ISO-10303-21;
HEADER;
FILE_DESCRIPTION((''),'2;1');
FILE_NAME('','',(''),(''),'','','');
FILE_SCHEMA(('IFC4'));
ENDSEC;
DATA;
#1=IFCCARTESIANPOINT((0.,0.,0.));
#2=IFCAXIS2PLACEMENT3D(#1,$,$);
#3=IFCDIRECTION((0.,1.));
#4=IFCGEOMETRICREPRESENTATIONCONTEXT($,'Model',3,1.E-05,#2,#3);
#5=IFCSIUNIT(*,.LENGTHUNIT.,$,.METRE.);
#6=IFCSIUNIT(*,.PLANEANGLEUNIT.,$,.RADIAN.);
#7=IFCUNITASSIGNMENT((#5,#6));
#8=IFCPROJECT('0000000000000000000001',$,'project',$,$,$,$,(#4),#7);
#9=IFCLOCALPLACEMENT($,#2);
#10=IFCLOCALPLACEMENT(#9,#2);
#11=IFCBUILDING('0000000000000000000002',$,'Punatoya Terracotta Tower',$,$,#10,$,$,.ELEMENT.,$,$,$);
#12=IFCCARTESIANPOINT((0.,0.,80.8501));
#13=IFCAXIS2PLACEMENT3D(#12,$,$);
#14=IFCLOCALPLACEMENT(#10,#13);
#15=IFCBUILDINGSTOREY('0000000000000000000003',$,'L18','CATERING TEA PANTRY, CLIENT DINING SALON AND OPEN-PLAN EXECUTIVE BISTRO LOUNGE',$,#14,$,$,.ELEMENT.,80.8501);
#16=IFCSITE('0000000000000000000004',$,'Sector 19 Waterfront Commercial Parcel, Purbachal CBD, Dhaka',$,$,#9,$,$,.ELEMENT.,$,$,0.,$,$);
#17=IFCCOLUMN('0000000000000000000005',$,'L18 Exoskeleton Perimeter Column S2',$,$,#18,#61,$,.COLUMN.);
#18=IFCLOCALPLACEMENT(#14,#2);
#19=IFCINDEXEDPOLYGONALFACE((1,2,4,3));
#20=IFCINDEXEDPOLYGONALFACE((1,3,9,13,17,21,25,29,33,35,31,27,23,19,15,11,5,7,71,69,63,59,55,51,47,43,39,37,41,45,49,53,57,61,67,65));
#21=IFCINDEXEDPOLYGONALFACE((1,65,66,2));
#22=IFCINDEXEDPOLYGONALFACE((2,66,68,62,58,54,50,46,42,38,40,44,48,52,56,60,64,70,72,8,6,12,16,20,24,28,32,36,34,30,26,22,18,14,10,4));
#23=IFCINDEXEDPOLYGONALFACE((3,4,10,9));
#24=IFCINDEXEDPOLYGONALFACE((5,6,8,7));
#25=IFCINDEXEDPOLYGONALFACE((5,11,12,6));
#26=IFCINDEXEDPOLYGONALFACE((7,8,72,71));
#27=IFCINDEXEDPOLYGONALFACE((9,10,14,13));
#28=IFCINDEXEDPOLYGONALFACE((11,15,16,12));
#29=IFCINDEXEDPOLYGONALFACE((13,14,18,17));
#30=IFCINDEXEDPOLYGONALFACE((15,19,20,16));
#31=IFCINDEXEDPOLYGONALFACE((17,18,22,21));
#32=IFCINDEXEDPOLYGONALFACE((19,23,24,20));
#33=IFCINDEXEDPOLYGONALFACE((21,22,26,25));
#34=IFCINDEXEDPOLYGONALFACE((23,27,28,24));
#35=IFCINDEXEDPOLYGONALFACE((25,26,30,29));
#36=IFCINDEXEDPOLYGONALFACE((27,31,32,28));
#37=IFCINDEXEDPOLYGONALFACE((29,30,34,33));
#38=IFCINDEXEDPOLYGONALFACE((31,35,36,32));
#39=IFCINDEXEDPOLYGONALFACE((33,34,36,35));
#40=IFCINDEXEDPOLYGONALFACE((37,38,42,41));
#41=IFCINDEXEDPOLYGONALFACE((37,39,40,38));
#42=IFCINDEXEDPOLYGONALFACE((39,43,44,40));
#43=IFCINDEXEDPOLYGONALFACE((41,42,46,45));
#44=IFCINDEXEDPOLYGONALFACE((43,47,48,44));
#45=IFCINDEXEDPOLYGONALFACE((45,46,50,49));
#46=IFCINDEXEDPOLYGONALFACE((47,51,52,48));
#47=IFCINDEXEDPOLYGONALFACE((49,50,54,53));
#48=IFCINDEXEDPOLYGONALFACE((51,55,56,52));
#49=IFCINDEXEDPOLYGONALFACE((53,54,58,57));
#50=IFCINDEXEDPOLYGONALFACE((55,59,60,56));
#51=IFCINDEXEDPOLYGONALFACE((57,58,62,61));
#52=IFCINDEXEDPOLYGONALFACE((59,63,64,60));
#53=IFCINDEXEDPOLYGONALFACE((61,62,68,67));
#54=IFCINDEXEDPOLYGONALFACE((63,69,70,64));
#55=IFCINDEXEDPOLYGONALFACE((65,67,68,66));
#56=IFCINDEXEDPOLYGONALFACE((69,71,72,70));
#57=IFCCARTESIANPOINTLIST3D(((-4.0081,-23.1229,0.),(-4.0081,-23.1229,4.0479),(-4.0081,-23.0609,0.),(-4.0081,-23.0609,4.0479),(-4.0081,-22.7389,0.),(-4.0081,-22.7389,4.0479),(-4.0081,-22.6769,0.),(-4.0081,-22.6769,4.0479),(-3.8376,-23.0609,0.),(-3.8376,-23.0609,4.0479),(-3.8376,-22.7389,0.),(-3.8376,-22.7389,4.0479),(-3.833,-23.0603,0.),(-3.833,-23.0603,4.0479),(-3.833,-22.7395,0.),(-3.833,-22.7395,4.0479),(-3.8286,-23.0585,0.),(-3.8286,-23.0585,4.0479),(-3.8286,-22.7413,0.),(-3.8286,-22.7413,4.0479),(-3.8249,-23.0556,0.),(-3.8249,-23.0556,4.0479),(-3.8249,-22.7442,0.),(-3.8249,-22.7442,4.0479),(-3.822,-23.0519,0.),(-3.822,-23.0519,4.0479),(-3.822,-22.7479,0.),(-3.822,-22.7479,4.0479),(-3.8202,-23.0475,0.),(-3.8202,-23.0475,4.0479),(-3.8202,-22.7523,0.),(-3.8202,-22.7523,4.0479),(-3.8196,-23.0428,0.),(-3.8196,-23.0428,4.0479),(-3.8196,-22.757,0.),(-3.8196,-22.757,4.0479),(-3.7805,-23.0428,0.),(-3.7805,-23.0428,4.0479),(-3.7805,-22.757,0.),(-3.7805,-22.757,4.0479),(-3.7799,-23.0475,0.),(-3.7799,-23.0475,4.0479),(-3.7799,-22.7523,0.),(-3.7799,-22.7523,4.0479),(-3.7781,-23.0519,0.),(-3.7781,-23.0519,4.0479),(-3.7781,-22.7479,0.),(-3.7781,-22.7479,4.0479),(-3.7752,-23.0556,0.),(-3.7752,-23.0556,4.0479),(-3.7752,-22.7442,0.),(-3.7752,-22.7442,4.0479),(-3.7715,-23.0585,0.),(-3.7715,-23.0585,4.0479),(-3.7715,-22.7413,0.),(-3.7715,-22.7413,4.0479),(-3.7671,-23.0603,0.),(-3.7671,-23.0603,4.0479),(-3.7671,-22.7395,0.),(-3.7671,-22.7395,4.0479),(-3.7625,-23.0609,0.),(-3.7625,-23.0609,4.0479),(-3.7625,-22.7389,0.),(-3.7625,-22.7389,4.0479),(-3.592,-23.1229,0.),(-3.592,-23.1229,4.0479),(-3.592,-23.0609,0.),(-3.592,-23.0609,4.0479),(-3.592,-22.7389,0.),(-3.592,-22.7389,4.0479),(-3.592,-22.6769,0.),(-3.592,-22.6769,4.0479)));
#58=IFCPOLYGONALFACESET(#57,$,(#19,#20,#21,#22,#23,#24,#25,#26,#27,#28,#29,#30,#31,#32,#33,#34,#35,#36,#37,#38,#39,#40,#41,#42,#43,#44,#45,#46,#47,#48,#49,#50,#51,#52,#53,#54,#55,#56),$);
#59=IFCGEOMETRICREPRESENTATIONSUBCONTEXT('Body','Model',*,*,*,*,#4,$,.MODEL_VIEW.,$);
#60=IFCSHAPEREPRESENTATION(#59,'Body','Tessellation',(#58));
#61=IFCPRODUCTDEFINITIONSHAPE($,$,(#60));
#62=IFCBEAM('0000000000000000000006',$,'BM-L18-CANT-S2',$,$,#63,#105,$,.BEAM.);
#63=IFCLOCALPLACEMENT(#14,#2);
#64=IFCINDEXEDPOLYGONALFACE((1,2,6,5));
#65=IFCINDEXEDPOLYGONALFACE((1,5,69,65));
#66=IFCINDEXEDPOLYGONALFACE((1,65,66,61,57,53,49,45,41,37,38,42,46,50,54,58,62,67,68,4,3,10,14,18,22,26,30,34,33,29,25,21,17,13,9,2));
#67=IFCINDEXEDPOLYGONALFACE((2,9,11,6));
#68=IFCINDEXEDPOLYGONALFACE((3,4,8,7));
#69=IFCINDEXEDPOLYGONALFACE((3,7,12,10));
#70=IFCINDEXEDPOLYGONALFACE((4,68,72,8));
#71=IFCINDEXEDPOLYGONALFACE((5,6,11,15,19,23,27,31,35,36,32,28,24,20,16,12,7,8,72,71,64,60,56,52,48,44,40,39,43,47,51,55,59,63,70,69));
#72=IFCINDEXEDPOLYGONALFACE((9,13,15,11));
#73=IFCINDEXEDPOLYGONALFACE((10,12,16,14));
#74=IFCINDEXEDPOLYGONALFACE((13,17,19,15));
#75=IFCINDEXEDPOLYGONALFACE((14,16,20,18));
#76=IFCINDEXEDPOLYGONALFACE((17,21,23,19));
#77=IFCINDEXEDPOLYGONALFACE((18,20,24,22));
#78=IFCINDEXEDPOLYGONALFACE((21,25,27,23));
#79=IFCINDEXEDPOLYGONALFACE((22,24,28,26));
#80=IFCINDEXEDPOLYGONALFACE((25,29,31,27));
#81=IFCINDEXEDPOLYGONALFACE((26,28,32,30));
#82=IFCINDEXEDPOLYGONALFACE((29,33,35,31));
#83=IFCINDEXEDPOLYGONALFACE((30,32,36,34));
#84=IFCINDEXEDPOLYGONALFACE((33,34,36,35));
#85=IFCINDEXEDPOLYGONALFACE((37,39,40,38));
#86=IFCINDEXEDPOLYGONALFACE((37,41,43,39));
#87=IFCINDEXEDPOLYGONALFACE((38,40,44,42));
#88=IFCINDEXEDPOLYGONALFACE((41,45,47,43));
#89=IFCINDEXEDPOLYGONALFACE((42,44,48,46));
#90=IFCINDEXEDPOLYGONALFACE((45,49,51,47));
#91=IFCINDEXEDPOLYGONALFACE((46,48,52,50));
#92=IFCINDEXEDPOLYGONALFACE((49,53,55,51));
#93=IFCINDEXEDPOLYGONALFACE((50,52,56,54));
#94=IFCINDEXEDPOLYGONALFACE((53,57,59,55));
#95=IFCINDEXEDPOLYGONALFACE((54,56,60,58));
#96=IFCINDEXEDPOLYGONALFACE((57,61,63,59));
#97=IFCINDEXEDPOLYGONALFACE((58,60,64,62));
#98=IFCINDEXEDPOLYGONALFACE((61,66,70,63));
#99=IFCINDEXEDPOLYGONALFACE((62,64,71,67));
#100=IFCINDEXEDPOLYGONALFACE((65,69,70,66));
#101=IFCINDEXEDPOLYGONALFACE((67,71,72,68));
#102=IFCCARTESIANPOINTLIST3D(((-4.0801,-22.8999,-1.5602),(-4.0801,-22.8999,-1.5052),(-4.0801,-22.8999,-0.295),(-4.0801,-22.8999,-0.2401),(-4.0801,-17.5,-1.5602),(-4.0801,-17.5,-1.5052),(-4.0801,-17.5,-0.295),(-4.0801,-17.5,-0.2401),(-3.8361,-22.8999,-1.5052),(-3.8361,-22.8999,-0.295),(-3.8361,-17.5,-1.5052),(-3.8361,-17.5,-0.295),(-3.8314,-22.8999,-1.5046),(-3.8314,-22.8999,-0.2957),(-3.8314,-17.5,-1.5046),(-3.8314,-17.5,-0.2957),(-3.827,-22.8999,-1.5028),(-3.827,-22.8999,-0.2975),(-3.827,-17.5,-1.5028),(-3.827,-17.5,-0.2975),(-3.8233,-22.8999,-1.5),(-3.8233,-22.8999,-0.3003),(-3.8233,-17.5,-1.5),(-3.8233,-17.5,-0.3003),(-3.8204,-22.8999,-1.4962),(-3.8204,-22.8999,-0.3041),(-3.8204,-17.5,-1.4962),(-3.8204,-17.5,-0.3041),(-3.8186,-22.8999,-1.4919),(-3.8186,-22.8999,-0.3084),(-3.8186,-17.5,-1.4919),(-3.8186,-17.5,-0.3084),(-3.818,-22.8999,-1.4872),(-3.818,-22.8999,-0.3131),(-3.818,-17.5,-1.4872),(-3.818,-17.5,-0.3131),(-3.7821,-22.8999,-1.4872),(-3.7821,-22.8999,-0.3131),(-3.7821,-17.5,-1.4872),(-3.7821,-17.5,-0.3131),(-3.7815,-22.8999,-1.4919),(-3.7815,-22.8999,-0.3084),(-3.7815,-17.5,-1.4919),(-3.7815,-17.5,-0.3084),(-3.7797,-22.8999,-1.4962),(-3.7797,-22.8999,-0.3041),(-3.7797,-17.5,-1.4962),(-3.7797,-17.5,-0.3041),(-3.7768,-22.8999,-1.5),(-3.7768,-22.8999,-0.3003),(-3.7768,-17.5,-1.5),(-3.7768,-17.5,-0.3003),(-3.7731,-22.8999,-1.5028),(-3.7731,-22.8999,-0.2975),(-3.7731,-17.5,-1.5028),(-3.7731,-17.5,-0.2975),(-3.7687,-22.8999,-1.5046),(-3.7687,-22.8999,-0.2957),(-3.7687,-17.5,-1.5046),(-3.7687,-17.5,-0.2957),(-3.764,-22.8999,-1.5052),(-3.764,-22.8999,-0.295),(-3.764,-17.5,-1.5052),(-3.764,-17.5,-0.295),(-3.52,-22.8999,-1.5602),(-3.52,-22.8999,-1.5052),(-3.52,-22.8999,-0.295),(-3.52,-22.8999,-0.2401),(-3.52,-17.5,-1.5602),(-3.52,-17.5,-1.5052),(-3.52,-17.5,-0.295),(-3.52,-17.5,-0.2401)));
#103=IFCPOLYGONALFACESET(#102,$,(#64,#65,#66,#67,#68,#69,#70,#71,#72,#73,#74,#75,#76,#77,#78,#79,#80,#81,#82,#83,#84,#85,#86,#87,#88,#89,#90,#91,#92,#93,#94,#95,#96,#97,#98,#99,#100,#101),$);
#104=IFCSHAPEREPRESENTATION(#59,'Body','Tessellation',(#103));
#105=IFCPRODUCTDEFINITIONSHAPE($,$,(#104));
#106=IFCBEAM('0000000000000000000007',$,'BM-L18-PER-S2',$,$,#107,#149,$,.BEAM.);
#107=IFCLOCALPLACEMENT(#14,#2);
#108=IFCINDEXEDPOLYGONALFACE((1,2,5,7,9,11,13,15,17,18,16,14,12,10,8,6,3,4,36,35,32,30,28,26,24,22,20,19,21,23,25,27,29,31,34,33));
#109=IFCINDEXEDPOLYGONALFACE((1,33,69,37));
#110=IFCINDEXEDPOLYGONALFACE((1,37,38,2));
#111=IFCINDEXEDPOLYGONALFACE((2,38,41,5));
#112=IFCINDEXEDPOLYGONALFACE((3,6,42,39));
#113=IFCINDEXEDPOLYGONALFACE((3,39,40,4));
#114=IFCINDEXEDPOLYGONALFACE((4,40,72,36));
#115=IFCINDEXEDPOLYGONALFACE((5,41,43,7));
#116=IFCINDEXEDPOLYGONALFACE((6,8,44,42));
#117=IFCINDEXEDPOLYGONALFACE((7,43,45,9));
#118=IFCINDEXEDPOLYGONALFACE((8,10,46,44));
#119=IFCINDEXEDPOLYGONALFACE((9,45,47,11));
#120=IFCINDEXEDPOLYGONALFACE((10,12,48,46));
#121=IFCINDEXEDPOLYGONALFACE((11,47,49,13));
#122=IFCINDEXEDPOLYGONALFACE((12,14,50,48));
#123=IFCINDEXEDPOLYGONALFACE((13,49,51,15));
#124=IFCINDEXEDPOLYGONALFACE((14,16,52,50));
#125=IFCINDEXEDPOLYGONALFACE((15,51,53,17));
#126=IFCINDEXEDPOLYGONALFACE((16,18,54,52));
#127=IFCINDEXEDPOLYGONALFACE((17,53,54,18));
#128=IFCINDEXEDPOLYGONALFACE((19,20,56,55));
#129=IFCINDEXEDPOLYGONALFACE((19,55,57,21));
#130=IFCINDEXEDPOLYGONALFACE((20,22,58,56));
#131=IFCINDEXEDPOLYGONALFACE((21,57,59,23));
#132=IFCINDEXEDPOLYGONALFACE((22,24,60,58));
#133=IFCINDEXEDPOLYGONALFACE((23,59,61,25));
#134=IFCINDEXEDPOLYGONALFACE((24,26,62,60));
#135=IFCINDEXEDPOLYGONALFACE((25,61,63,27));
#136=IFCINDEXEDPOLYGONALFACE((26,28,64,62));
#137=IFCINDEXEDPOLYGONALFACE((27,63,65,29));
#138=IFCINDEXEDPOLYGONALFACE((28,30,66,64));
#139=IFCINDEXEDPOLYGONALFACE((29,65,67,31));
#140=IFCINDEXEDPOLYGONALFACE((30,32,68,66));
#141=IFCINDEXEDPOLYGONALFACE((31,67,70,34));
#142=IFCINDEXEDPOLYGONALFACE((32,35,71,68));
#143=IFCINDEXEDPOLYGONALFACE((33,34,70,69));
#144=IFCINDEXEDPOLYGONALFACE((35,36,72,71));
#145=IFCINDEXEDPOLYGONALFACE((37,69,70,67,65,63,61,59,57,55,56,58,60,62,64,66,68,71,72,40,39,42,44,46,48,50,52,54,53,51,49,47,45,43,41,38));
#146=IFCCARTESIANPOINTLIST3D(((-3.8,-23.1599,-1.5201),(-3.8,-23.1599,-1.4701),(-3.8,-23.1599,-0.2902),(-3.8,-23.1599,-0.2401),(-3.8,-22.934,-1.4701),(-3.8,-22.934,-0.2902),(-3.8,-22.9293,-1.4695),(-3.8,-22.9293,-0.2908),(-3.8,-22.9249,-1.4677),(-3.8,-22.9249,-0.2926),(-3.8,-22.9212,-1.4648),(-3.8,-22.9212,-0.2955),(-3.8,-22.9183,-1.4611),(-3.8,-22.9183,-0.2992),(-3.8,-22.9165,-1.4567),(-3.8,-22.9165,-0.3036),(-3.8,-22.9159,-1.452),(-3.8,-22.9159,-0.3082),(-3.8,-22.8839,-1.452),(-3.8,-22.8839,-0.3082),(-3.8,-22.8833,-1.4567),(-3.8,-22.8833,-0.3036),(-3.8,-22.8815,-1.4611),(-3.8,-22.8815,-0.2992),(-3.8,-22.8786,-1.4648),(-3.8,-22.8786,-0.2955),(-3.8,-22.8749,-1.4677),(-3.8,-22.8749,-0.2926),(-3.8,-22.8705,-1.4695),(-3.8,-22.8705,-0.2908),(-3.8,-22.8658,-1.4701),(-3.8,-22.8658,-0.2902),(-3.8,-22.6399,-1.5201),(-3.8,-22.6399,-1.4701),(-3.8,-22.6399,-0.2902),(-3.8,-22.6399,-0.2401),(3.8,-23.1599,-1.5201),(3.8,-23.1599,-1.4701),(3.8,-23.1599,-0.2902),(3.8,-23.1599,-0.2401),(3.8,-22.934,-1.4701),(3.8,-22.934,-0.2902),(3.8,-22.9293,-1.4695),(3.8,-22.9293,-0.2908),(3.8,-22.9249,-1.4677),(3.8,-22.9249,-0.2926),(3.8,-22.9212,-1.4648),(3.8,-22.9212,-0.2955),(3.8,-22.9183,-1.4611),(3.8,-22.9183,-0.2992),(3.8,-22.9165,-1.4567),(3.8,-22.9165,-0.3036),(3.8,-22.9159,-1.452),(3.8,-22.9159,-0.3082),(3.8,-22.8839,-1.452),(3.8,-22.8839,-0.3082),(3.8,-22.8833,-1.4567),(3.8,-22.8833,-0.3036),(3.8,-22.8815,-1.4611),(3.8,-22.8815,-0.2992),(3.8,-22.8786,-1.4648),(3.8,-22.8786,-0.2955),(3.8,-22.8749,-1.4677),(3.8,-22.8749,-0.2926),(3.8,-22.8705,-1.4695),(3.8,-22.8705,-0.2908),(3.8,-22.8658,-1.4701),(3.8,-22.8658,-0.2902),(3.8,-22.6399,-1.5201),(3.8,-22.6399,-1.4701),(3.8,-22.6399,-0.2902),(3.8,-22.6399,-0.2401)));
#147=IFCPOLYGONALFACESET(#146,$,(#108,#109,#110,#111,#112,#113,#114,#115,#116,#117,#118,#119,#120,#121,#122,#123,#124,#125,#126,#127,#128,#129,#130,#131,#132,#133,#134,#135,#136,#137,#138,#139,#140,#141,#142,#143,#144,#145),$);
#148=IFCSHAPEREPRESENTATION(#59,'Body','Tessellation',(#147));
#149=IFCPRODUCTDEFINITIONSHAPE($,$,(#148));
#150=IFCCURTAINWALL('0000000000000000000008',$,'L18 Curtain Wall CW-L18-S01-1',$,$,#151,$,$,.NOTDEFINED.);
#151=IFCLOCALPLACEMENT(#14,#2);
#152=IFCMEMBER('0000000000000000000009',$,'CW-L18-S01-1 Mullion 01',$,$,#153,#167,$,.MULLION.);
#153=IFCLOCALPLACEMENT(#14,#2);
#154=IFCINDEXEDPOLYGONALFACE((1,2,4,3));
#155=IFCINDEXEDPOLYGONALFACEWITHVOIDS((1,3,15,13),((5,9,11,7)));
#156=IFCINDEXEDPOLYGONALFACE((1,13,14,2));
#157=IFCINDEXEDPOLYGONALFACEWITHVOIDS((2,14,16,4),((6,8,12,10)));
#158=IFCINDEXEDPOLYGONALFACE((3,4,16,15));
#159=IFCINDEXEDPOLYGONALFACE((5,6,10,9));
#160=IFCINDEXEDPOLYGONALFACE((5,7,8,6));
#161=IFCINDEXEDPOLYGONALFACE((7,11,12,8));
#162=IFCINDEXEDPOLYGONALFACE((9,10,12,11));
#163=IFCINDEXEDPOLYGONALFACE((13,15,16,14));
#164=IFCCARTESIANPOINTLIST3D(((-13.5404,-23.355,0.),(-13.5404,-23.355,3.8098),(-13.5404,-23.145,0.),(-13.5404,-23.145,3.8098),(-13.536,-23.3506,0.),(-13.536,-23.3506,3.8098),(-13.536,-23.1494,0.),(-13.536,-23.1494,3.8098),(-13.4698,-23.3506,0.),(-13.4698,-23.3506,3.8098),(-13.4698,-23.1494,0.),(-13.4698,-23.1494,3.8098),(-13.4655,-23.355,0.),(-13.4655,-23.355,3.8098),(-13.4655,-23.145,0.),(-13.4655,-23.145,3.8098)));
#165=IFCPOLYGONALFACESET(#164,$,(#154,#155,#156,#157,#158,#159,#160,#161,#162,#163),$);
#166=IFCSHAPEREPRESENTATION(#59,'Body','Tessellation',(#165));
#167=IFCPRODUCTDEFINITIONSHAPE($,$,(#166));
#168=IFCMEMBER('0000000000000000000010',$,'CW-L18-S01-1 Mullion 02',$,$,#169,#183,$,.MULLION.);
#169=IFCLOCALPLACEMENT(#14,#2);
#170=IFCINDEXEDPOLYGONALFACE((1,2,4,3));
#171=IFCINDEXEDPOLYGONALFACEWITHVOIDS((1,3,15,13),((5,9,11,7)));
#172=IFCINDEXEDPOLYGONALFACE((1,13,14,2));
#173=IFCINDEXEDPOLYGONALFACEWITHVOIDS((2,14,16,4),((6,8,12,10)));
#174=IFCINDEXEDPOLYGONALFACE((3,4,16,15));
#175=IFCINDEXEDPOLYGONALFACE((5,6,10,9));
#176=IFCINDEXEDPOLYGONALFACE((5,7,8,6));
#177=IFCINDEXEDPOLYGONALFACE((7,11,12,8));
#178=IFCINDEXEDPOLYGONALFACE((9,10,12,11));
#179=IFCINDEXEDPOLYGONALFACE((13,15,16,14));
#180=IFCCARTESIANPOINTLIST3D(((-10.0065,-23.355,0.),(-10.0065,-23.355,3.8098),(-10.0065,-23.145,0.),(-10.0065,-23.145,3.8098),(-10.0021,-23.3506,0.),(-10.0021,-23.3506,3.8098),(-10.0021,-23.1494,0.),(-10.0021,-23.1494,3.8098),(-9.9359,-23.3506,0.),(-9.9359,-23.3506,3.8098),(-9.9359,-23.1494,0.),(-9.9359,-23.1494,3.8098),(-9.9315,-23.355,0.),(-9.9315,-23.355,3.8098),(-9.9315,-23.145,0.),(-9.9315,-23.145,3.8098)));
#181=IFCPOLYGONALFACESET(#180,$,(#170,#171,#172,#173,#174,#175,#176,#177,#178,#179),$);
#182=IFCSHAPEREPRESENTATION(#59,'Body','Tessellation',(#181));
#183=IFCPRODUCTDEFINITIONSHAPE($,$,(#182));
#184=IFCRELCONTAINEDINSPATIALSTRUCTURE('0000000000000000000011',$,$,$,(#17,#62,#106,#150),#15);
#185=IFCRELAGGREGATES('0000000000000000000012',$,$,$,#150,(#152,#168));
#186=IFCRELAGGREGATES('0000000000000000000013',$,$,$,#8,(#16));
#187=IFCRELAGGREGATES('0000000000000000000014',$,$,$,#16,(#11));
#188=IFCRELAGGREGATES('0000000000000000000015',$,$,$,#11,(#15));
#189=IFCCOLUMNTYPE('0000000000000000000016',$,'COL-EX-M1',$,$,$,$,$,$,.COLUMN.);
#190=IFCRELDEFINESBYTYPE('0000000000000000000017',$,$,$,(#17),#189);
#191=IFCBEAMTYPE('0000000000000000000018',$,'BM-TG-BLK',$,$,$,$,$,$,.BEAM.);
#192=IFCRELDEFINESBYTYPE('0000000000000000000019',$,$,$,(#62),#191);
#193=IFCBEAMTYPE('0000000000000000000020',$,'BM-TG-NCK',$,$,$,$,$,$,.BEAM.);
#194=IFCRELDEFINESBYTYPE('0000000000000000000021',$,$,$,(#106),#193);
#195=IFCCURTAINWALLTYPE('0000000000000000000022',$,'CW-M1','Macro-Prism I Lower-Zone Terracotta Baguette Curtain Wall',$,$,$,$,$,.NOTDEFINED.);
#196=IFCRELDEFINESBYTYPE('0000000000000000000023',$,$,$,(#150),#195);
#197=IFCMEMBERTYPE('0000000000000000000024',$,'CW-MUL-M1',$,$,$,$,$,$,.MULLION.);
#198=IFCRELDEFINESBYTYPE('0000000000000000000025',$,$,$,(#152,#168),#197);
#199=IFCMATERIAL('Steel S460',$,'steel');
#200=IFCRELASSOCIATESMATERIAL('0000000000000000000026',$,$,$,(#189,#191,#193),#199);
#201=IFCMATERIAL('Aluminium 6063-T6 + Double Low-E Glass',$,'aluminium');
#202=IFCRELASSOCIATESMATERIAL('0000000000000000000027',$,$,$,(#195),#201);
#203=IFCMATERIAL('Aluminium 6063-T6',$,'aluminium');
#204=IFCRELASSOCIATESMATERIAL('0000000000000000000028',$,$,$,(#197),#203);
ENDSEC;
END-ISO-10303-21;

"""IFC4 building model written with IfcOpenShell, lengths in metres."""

from ifc_helpers import new_model, si_unit, direction, frame, origin, origin_2d, place, context, subcontext, project, spatial, hollow_rectangle, i_section, extrude, material, material_profile, profile_set, type_object, element, aggregate, save


model = new_model("IFC4")

# Units and contexts
model_context = context("Model", 3, precision=1e-05, world=origin(), true_north=direction((0.0, 1.0)))
body_context = subcontext(model_context, "Body", "Model", "MODEL_VIEW")
ifc_project = project(units=[si_unit("LENGTHUNIT", "METRE"), si_unit("PLANEANGLEUNIT", "RADIAN")], contexts=[model_context])

# Site, building, storey
site_placement = place(None, origin())
site = spatial("IfcSite", under=ifc_project, at=site_placement, Name="Sector 19 Waterfront Commercial Parcel, Purbachal CBD, Dhaka", CompositionType="ELEMENT", RefElevation=0.0)
building_placement = place(site_placement, origin())
building = spatial("IfcBuilding", under=site, at=building_placement, Name="Punatoya Terracotta Tower", CompositionType="ELEMENT")
storey_placement = place(building_placement, frame((0.0, 0.0, 80.8501)))
storey = spatial("IfcBuildingStorey", under=building, at=storey_placement, Name="L18", Description="CATERING TEA PANTRY, CLIENT DINING SALON AND OPEN-PLAN EXECUTIVE BISTRO LOUNGE", CompositionType="ELEMENT", Elevation=80.8501)

# Column
ifc_material_1 = material(Name="Steel S460", Category="steel")
ifc_material_profile_1 = material_profile(ifc_material_1, i_section(OverallWidth=0.416, OverallDepth=0.446, WebThickness=0.0391, FlangeThickness=0.062, FilletRadius=0.0181, at=origin_2d()))
ifc_profile_set_1 = profile_set([ifc_material_profile_1], Name="Steel S460")
column_type = type_object("IfcColumnType", Name="COL-EX-M1", PredefinedType="COLUMN", material=ifc_profile_set_1)
column_placement = place(storey_placement, frame((-3.8, -22.8999, 0.0), z_axis=(0.0, 0.0, 1.0), x_axis=(1.0, 0.0, 0.0)))
element("IfcColumn", 1, at=column_placement, inside=storey, type_object=column_type, Name="L18 Exoskeleton Perimeter Column S2", PredefinedType="COLUMN", context=body_context, shape_type="SweptSolid", body=[
    extrude(i_section(OverallWidth=0.416, OverallDepth=0.446, WebThickness=0.0391, FlangeThickness=0.062, FilletRadius=0.0181, at=origin_2d()), origin(), (0.0, 0.0, 1.0), 4.0479),
])

# Beams
ifc_material_profile_2 = material_profile(ifc_material_1, i_section(OverallWidth=0.5601, OverallDepth=1.3201, WebThickness=0.0359, FlangeThickness=0.0549, FilletRadius=0.0181, at=origin_2d()))
ifc_profile_set_2 = profile_set([ifc_material_profile_2], Name="Steel S460")
beam_type_1 = type_object("IfcBeamType", Name="BM-TG-BLK", PredefinedType="BEAM", material=ifc_profile_set_2)
beam_1_placement = place(storey_placement, frame((-3.8, -22.8999, -0.9001), z_axis=(0.0, 1.0, 0.0), x_axis=(-1.0, 0.0, 0.0)))
element("IfcBeam", 2, at=beam_1_placement, inside=storey, type_object=beam_type_1, Name="BM-L18-CANT-S2", PredefinedType="BEAM", context=body_context, shape_type="SweptSolid", body=[
    extrude(i_section(OverallWidth=0.5601, OverallDepth=1.3201, WebThickness=0.0359, FlangeThickness=0.0549, FilletRadius=0.0181, at=origin_2d()), origin(), (0.0, 0.0, 1.0), 5.3999),
])
ifc_material_profile_3 = material_profile(ifc_material_1, i_section(OverallWidth=0.52, OverallDepth=1.28, WebThickness=0.032, FlangeThickness=0.05, FilletRadius=0.0181, at=origin_2d()))
ifc_profile_set_3 = profile_set([ifc_material_profile_3], Name="Steel S460")
beam_type_2 = type_object("IfcBeamType", Name="BM-TG-NCK", PredefinedType="BEAM", material=ifc_profile_set_3)
beam_2_placement = place(storey_placement, frame((-3.8, -22.8999, -0.8801), z_axis=(1.0, 0.0, 0.0), x_axis=(0.0, 1.0, 0.0)))
element("IfcBeam", 3, at=beam_2_placement, inside=storey, type_object=beam_type_2, Name="BM-L18-PER-S2", PredefinedType="BEAM", context=body_context, shape_type="SweptSolid", body=[
    extrude(i_section(OverallWidth=0.52, OverallDepth=1.28, WebThickness=0.032, FlangeThickness=0.05, FilletRadius=0.0181, at=origin_2d()), origin(), (0.0, 0.0, 1.0), 7.6001),
])

# Curtain wall, members
ifc_material_2 = material(Name="Aluminium 6063-T6 + Double Low-E Glass", Category="aluminium")
curtain_wall_type = type_object("IfcCurtainWallType", Name="CW-M1", Description="Macro-Prism I Lower-Zone Terracotta Baguette Curtain Wall", PredefinedType="NOTDEFINED", material=ifc_material_2)
curtain_wall_placement = place(storey_placement, origin())
curtain_wall = element("IfcCurtainWall", 4, at=curtain_wall_placement, inside=storey, type_object=curtain_wall_type, Name="L18 Curtain Wall CW-L18-S01-1", PredefinedType="NOTDEFINED")
ifc_material_3 = material(Name="Aluminium 6063-T6", Category="aluminium")
ifc_material_profile_4 = material_profile(ifc_material_3, hollow_rectangle(XDim=0.075, YDim=0.21, WallThickness=0.0044, at=origin_2d()))
ifc_profile_set_4 = profile_set([ifc_material_profile_4], Name="Aluminium 6063-T6")
member_type_1 = type_object("IfcMemberType", Name="CW-MUL-M1", PredefinedType="MULLION", material=ifc_profile_set_4)
member_1_placement = place(storey_placement, frame((-13.5029, -23.25, 0.0), z_axis=(0.0, 0.0, 1.0), x_axis=(1.0, 0.0, 0.0)))
member_1 = element("IfcMember", 5, at=member_1_placement, type_object=member_type_1, Name="CW-L18-S01-1 Mullion 01", PredefinedType="MULLION", context=body_context, shape_type="SweptSolid", body=[
    extrude(hollow_rectangle(XDim=0.075, YDim=0.21, WallThickness=0.0044, at=origin_2d()), origin(), (0.0, 0.0, 1.0), 3.8098),
])
member_2_placement = place(storey_placement, frame((-9.969, -23.25, 0.0), z_axis=(0.0, 0.0, 1.0), x_axis=(1.0, 0.0, 0.0)))
member_2 = element("IfcMember", 6, at=member_2_placement, type_object=member_type_1, Name="CW-L18-S01-1 Mullion 02", PredefinedType="MULLION", context=body_context, shape_type="SweptSolid", body=[
    extrude(hollow_rectangle(XDim=0.075, YDim=0.21, WallThickness=0.0044, at=origin_2d()), origin(), (0.0, 0.0, 1.0), 3.8098),
])

aggregate(curtain_wall, [member_1, member_2])

save(model, "model.ifc")
